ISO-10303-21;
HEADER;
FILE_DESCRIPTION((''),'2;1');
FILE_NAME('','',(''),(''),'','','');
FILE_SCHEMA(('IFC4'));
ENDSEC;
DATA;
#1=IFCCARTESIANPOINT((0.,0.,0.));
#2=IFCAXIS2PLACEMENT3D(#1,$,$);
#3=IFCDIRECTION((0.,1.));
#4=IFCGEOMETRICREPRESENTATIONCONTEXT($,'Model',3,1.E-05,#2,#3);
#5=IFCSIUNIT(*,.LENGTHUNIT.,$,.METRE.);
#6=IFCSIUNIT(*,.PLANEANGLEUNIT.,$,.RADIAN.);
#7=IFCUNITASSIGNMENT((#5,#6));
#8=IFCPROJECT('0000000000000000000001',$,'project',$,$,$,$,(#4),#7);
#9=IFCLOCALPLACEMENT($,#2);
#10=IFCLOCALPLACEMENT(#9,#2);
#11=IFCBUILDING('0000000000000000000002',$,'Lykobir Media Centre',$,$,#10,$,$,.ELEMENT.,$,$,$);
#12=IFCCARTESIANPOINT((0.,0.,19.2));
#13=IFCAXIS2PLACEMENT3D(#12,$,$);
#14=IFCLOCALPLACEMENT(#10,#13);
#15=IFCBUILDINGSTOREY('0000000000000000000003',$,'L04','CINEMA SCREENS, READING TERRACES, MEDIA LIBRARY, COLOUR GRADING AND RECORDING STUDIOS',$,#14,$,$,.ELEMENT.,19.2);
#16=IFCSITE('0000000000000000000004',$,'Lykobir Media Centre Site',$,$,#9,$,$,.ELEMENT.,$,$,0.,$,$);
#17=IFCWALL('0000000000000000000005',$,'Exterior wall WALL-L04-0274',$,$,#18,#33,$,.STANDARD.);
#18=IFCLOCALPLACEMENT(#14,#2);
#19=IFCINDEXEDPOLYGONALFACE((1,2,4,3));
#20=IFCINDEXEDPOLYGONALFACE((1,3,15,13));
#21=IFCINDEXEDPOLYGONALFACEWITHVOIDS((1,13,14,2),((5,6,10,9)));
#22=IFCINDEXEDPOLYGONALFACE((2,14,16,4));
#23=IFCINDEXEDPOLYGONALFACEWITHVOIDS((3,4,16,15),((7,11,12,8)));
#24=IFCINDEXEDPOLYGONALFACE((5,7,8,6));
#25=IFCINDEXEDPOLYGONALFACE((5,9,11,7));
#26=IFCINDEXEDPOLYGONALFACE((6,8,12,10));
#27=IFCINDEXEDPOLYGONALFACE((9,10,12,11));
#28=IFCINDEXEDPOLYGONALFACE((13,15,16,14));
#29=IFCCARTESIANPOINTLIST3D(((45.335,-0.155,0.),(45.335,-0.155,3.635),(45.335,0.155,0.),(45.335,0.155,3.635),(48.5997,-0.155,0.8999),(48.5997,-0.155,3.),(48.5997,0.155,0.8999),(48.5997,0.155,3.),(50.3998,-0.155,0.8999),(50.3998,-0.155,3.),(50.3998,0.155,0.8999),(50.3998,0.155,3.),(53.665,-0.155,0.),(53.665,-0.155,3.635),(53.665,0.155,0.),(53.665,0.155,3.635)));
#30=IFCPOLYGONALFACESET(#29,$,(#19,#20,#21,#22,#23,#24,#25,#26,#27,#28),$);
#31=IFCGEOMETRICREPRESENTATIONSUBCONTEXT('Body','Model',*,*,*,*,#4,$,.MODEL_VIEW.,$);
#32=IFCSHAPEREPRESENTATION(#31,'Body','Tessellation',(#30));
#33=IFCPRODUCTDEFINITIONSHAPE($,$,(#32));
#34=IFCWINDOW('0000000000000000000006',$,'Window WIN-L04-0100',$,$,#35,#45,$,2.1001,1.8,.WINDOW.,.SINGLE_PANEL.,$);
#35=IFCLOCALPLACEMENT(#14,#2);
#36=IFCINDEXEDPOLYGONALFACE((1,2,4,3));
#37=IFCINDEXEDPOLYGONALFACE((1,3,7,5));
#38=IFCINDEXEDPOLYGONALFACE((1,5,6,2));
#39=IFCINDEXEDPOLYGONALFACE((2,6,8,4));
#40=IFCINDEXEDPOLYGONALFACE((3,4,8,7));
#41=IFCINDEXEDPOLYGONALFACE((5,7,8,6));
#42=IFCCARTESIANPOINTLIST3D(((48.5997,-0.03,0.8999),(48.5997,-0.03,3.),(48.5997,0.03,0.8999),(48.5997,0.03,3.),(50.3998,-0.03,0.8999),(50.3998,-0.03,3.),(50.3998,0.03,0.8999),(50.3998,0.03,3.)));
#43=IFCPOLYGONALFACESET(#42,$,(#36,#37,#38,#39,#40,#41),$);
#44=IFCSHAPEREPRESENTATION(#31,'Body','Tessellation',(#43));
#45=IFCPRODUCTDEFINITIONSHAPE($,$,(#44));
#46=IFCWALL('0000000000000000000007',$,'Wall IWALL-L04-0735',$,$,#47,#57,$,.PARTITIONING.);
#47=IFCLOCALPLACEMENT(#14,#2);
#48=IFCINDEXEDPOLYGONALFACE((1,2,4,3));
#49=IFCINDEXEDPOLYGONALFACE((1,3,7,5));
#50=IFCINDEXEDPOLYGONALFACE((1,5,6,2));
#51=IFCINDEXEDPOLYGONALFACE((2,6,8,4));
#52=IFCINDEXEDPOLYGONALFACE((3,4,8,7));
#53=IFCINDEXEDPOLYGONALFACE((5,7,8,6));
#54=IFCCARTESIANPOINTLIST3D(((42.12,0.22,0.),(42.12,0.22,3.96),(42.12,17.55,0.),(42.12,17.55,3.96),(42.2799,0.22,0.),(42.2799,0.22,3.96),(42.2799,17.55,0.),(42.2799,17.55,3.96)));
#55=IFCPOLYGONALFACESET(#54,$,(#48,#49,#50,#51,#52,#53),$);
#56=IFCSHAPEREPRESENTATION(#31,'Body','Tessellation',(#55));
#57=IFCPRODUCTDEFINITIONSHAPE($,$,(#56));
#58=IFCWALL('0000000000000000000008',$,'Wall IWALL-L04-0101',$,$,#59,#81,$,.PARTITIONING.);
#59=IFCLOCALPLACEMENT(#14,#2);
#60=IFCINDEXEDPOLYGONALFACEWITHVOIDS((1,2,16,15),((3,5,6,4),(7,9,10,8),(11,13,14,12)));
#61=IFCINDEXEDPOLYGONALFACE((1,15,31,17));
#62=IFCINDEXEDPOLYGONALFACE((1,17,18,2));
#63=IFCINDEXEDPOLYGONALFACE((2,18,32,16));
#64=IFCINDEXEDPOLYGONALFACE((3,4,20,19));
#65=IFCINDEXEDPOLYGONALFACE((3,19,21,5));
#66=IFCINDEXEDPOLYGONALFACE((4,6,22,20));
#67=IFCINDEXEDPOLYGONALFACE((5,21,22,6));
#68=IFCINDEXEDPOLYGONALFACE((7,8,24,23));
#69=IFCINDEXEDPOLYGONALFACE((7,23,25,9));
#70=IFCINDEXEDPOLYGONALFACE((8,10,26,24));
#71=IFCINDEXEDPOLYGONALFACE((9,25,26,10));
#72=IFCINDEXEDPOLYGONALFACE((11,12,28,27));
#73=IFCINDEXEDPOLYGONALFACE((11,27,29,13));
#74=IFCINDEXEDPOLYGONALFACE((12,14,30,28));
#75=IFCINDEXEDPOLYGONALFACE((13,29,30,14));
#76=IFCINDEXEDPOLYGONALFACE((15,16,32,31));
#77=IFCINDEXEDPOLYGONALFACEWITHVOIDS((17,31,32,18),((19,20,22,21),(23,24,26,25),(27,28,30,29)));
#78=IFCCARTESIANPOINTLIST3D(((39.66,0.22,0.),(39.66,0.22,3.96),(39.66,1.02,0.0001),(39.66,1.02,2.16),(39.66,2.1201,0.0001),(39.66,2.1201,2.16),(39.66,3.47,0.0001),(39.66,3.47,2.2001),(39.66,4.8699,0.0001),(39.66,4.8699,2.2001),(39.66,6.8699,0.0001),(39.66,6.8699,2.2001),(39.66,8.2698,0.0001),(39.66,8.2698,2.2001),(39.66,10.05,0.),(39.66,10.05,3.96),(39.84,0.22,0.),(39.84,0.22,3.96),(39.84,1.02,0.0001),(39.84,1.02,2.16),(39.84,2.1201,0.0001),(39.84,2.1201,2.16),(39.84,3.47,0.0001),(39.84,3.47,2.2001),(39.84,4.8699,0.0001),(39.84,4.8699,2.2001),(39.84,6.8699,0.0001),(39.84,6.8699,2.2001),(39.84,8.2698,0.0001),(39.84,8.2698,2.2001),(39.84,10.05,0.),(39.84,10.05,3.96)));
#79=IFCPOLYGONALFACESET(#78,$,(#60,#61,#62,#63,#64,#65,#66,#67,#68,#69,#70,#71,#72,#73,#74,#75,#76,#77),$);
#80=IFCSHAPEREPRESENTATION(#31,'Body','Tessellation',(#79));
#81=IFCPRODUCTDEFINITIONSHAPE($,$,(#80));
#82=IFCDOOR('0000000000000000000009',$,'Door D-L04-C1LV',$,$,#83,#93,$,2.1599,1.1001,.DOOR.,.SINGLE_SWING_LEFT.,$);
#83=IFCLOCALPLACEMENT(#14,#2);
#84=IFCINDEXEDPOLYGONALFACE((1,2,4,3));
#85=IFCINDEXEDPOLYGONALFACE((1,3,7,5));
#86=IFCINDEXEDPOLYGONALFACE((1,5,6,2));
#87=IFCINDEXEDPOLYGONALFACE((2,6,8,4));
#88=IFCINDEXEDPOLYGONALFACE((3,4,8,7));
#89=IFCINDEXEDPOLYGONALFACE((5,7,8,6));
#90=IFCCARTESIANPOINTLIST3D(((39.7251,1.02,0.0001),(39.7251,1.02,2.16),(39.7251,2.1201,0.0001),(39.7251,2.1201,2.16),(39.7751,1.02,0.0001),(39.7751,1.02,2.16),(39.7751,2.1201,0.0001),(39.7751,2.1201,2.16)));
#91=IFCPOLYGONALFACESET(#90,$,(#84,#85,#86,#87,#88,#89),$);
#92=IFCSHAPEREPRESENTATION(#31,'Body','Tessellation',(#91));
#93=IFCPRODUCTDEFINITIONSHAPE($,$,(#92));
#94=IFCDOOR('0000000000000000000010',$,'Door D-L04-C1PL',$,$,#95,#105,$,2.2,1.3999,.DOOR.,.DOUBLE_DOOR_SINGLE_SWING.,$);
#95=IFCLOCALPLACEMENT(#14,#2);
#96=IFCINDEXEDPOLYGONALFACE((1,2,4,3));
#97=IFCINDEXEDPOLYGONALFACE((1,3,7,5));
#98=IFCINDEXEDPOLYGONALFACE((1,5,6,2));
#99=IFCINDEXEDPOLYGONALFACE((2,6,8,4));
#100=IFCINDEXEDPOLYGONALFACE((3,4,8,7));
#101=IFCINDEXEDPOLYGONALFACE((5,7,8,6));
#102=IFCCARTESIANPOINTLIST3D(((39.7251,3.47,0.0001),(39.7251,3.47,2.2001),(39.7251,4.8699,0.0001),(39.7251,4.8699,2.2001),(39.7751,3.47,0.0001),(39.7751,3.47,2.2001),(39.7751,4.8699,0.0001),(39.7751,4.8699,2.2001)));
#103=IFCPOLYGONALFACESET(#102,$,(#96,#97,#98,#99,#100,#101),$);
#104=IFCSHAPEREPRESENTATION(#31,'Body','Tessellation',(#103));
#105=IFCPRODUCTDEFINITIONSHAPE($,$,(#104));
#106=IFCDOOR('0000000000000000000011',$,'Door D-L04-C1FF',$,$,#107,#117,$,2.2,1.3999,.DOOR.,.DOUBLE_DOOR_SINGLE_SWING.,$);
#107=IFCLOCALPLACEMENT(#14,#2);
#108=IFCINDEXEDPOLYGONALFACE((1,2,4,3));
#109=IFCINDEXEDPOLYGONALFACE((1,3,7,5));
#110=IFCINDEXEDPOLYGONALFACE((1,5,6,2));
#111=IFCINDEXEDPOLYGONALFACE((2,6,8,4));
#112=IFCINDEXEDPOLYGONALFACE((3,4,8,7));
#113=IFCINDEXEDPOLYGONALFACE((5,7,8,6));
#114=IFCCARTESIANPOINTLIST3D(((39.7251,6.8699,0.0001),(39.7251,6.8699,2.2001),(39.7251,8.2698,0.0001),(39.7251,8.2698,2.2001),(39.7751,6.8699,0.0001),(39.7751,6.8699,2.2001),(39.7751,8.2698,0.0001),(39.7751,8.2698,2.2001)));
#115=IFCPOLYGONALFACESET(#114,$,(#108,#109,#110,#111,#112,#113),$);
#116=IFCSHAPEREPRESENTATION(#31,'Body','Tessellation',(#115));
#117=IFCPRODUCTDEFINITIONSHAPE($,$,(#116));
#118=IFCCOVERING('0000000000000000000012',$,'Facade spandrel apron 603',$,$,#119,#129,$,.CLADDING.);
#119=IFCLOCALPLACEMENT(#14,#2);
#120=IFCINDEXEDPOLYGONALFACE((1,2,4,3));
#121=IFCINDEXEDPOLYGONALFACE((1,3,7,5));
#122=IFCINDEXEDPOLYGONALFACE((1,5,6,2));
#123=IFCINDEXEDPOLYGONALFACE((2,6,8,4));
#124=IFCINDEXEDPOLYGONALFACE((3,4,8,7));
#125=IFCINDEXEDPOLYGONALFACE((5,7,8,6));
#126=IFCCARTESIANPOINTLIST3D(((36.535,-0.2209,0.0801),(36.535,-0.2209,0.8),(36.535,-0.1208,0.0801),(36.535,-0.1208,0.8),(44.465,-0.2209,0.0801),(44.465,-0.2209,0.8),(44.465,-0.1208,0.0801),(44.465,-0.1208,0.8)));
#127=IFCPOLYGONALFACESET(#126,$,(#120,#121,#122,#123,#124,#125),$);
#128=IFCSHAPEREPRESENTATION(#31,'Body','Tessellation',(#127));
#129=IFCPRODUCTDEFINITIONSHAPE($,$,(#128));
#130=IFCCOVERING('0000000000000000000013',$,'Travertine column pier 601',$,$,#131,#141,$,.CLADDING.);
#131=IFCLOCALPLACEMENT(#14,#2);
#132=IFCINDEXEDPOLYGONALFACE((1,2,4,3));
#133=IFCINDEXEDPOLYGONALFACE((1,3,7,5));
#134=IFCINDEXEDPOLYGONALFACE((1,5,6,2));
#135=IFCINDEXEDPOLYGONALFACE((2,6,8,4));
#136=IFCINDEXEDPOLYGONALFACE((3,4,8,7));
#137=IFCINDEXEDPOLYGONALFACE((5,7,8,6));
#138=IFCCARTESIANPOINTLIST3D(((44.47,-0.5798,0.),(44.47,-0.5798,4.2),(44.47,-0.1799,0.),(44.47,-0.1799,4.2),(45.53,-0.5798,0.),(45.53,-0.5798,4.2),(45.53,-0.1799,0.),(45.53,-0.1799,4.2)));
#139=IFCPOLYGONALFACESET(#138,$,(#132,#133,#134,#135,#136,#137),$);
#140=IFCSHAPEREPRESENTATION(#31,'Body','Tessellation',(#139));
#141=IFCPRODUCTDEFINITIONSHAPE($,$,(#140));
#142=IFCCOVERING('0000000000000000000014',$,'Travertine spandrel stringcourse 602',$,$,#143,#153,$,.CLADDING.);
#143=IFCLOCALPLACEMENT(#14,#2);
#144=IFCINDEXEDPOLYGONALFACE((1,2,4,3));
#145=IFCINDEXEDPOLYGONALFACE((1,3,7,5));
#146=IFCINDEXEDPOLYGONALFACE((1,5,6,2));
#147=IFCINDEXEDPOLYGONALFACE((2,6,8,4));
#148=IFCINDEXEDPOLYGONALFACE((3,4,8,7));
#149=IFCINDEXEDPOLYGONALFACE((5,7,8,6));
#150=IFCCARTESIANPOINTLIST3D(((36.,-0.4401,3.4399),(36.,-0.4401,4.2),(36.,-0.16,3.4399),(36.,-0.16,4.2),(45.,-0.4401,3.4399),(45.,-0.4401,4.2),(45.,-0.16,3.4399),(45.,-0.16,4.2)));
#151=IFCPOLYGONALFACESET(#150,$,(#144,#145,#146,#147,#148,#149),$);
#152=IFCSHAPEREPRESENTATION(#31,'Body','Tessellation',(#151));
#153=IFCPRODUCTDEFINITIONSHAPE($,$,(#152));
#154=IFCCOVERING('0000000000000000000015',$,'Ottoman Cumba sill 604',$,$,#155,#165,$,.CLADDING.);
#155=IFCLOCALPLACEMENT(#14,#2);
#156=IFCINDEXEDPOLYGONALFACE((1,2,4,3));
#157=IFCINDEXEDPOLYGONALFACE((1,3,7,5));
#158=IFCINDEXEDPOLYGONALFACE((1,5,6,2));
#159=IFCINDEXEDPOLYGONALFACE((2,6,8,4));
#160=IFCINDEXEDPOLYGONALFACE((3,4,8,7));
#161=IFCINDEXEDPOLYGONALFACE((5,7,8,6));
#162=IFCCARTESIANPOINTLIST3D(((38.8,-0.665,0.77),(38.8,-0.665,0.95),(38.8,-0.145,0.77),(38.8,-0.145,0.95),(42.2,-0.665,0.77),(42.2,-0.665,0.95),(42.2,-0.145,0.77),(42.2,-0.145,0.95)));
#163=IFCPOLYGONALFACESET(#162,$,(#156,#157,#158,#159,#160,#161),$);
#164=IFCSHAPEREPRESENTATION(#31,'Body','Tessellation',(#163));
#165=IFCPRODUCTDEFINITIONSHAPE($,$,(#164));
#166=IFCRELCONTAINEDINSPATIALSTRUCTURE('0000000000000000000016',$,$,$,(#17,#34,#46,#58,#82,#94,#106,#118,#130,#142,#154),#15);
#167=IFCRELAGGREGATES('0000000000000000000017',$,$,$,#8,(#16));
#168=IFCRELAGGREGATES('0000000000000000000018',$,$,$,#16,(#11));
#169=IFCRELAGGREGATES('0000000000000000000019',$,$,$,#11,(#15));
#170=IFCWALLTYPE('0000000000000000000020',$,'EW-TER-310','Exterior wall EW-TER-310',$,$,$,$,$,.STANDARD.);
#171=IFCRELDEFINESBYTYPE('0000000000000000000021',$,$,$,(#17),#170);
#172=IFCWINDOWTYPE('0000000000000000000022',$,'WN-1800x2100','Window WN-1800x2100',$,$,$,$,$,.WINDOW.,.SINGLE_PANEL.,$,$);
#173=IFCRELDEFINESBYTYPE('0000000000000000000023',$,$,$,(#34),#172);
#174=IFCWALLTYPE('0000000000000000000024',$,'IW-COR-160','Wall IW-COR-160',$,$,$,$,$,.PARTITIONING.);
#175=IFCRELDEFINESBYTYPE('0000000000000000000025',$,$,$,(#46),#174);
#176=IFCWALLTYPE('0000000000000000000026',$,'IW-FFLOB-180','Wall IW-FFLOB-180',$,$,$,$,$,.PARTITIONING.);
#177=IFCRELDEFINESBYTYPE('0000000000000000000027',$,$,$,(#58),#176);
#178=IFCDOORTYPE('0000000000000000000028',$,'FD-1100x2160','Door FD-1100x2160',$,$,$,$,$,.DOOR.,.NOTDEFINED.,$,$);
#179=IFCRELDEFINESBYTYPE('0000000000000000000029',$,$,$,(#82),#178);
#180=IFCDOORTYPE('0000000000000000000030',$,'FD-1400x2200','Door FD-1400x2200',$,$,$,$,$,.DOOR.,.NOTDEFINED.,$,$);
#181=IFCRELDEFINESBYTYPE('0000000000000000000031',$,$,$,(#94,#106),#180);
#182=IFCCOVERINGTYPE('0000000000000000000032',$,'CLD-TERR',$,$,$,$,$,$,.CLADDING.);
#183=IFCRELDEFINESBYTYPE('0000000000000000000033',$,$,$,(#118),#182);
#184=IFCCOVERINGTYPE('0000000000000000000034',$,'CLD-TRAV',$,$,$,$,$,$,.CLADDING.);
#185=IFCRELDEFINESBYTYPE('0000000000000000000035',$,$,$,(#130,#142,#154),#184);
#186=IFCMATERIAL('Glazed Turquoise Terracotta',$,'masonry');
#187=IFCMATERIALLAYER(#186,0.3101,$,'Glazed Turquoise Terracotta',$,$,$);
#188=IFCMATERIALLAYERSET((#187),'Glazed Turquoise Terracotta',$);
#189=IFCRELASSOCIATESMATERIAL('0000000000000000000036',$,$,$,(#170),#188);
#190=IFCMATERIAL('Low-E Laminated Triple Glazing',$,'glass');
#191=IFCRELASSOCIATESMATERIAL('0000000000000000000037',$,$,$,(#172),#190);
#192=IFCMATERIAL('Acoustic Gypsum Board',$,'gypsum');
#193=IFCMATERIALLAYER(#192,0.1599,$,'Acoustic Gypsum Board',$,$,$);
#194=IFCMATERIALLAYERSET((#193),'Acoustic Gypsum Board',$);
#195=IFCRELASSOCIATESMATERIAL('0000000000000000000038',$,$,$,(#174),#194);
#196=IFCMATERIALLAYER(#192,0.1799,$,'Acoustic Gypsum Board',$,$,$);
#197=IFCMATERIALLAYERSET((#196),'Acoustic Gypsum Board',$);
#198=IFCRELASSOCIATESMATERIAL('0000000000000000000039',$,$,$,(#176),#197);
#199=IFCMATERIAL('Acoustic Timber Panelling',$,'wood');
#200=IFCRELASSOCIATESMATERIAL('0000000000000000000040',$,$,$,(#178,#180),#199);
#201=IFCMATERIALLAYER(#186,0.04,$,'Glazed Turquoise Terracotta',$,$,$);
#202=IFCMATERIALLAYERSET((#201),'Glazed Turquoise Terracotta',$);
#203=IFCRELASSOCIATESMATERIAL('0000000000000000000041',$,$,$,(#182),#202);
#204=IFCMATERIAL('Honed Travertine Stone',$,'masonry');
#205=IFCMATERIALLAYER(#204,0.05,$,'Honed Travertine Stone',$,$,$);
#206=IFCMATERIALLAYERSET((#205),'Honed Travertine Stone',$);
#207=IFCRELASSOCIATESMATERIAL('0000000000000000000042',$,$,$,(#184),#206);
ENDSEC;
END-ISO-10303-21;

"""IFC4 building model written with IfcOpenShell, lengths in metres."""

from ifc_helpers import new_model, si_unit, direction, frame, frame_2d, origin, origin_2d, place, context, subcontext, project, spatial, rectangle, extrude, material, layer, layer_set, type_object, element, fill, save


model = new_model("IFC4")

# Units and contexts
model_context = context("Model", 3, precision=1e-05, world=origin(), true_north=direction((0.0, 1.0)))
body_context = subcontext(model_context, "Body", "Model", "MODEL_VIEW")
ifc_project = project(units=[si_unit("LENGTHUNIT", "METRE"), si_unit("PLANEANGLEUNIT", "RADIAN")], contexts=[model_context])

# Site, building, storey
site_placement = place(None, origin())
site = spatial("IfcSite", under=ifc_project, at=site_placement, Name="Lykobir Media Centre Site", CompositionType="ELEMENT", RefElevation=0.0)
building_placement = place(site_placement, origin())
building = spatial("IfcBuilding", under=site, at=building_placement, Name="Lykobir Media Centre", CompositionType="ELEMENT")
storey_placement = place(building_placement, frame((0.0, 0.0, 19.2)))
storey = spatial("IfcBuildingStorey", under=building, at=storey_placement, Name="L04", Description="CINEMA SCREENS, READING TERRACES, MEDIA LIBRARY, COLOUR GRADING AND RECORDING STUDIOS", CompositionType="ELEMENT", Elevation=19.2)

# Wall, opening, window
ifc_material_1 = material(Name="Glazed Turquoise Terracotta", Category="masonry")
ifc_layer_1 = layer(ifc_material_1, 0.3101, Name="Glazed Turquoise Terracotta")
ifc_layer_set_1 = layer_set([ifc_layer_1], Name="Glazed Turquoise Terracotta")
wall_type_1 = type_object("IfcWallType", Name="EW-TER-310", Description="Exterior wall EW-TER-310", PredefinedType="STANDARD", material=ifc_layer_set_1)
ifc_material_2 = material(Name="Low-E Laminated Triple Glazing", Category="glass")
window_type = type_object("IfcWindowType", Name="WN-1800x2100", Description="Window WN-1800x2100", PartitioningType="SINGLE_PANEL", PredefinedType="WINDOW", material=ifc_material_2)
wall_1_placement = place(storey_placement, frame((45.335, 0.0, 0.0), z_axis=(0.0, 0.0, 1.0), x_axis=(1.0, 0.0, 0.0)))
wall_1 = element("IfcWall", 1, at=wall_1_placement, inside=storey, type_object=wall_type_1, Name="Exterior wall WALL-L04-0274", PredefinedType="STANDARD", context=body_context, shape_type="SweptSolid", body=[
    extrude(rectangle(XDim=8.3301, YDim=0.3101, at=frame_2d((4.165, 0.0))), origin(), (0.0, 0.0, 1.0), 3.635),
])
opening_1_placement = place(wall_1_placement, frame((3.2649, 0.0, 0.8999)))
opening_1 = element("IfcOpeningElement", 2, at=opening_1_placement, cuts=wall_1, PredefinedType="OPENING", context=body_context, shape_type="SweptSolid", body=[
    extrude(rectangle(XDim=1.8, YDim=2.1001, at=frame_2d((0.8999, 1.05))), frame((0.0, 0.165, 0.0), z_axis=(0.0, -1.0, 0.0), x_axis=(1.0, 0.0, 0.0)), (0.0, 0.0, 1.0), 0.3301),
])
window_1_placement = place(opening_1_placement, origin())
window_1 = element("IfcWindow", 3, at=window_1_placement, inside=storey, type_object=window_type, Name="Window WIN-L04-0100", OverallHeight=2.1001, OverallWidth=1.8, PartitioningType="SINGLE_PANEL", PredefinedType="WINDOW", context=body_context, shape_type="SweptSolid", body=[
    extrude(rectangle(XDim=1.8, YDim=2.1001, at=frame_2d((0.8999, 1.05))), frame((0.0, 0.03, 0.0), z_axis=(0.0, -1.0, 0.0), x_axis=(1.0, 0.0, 0.0)), (0.0, 0.0, 1.0), 0.0601),
])
fill(opening_1, window_1)

# Wall
ifc_material_3 = material(Name="Acoustic Gypsum Board", Category="gypsum")
ifc_layer_2 = layer(ifc_material_3, 0.1599, Name="Acoustic Gypsum Board")
ifc_layer_set_2 = layer_set([ifc_layer_2], Name="Acoustic Gypsum Board")
wall_type_2 = type_object("IfcWallType", Name="IW-COR-160", Description="Wall IW-COR-160", PredefinedType="PARTITIONING", material=ifc_layer_set_2)
wall_2_placement = place(storey_placement, frame((42.2, 0.22, 0.0), z_axis=(0.0, 0.0, 1.0), x_axis=(0.0, 1.0, 0.0)))
element("IfcWall", 4, at=wall_2_placement, inside=storey, type_object=wall_type_2, Name="Wall IWALL-L04-0735", PredefinedType="PARTITIONING", context=body_context, shape_type="SweptSolid", body=[
    extrude(rectangle(XDim=17.3301, YDim=0.1599, at=frame_2d((8.665, 0.0))), origin(), (0.0, 0.0, 1.0), 3.96),
])

# Wall, openings, doors
ifc_layer_3 = layer(ifc_material_3, 0.1799, Name="Acoustic Gypsum Board")
ifc_layer_set_3 = layer_set([ifc_layer_3], Name="Acoustic Gypsum Board")
wall_type_3 = type_object("IfcWallType", Name="IW-FFLOB-180", Description="Wall IW-FFLOB-180", PredefinedType="PARTITIONING", material=ifc_layer_set_3)
wall_3_placement = place(storey_placement, frame((39.75, 0.22, 0.0), z_axis=(0.0, 0.0, 1.0), x_axis=(0.0, 1.0, 0.0)))
wall_3 = element("IfcWall", 5, at=wall_3_placement, inside=storey, type_object=wall_type_3, Name="Wall IWALL-L04-0101", PredefinedType="PARTITIONING", context=body_context, shape_type="SweptSolid", body=[
    extrude(rectangle(XDim=9.8301, YDim=0.1799, at=frame_2d((4.915, 0.0))), origin(), (0.0, 0.0, 1.0), 3.96),
])
opening_2_placement = place(wall_3_placement, frame((0.8, 0.0, 0.0)))
opening_2 = element("IfcOpeningElement", 6, at=opening_2_placement, cuts=wall_3, PredefinedType="OPENING", context=body_context, shape_type="SweptSolid", body=[
    extrude(rectangle(XDim=1.1001, YDim=2.1599, at=frame_2d((0.55, 1.0801))), frame((0.0, 0.0999, 0.0), z_axis=(0.0, -1.0, 0.0), x_axis=(1.0, 0.0, 0.0)), (0.0, 0.0, 1.0), 0.2),
])
opening_3_placement = place(wall_3_placement, frame((3.25, 0.0, 0.0)))
opening_3 = element("IfcOpeningElement", 7, at=opening_3_placement, cuts=wall_3, PredefinedType="OPENING", context=body_context, shape_type="SweptSolid", body=[
    extrude(rectangle(XDim=1.3999, YDim=2.2, at=frame_2d((0.7, 1.1001))), frame((0.0, 0.0999, 0.0), z_axis=(0.0, -1.0, 0.0), x_axis=(1.0, 0.0, 0.0)), (0.0, 0.0, 1.0), 0.2),
])
opening_4_placement = place(wall_3_placement, frame((6.6499, 0.0, 0.0)))
opening_4 = element("IfcOpeningElement", 8, at=opening_4_placement, cuts=wall_3, PredefinedType="OPENING", context=body_context, shape_type="SweptSolid", body=[
    extrude(rectangle(XDim=1.3999, YDim=2.2, at=frame_2d((0.7, 1.1001))), frame((0.0, 0.0999, 0.0), z_axis=(0.0, -1.0, 0.0), x_axis=(1.0, 0.0, 0.0)), (0.0, 0.0, 1.0), 0.2),
])
ifc_material_4 = material(Name="Acoustic Timber Panelling", Category="wood")
door_type_1 = type_object("IfcDoorType", Name="FD-1100x2160", Description="Door FD-1100x2160", OperationType="NOTDEFINED", PredefinedType="DOOR", material=ifc_material_4)
door_1_placement = place(opening_2_placement, origin())
door_1 = element("IfcDoor", 9, at=door_1_placement, inside=storey, type_object=door_type_1, Name="Door D-L04-C1LV", OperationType="SINGLE_SWING_LEFT", OverallHeight=2.1599, OverallWidth=1.1001, PredefinedType="DOOR", context=body_context, shape_type="SweptSolid", body=[
    extrude(rectangle(XDim=1.1001, YDim=2.1599, at=frame_2d((0.55, 1.0801))), frame((0.0, 0.0249, 0.0), z_axis=(0.0, -1.0, 0.0), x_axis=(1.0, 0.0, 0.0)), (0.0, 0.0, 1.0), 0.05),
])
fill(opening_2, door_1)
door_type_2 = type_object("IfcDoorType", Name="FD-1400x2200", Description="Door FD-1400x2200", OperationType="NOTDEFINED", PredefinedType="DOOR", material=ifc_material_4)
door_2_placement = place(opening_3_placement, origin())
door_2 = element("IfcDoor", 10, at=door_2_placement, inside=storey, type_object=door_type_2, Name="Door D-L04-C1PL", OperationType="DOUBLE_DOOR_SINGLE_SWING", OverallHeight=2.2, OverallWidth=1.3999, PredefinedType="DOOR", context=body_context, shape_type="SweptSolid", body=[
    extrude(rectangle(XDim=1.3999, YDim=2.2, at=frame_2d((0.7, 1.1001))), frame((0.0, 0.0249, 0.0), z_axis=(0.0, -1.0, 0.0), x_axis=(1.0, 0.0, 0.0)), (0.0, 0.0, 1.0), 0.05),
])
fill(opening_3, door_2)
door_3_placement = place(opening_4_placement, origin())
door_3 = element("IfcDoor", 11, at=door_3_placement, inside=storey, type_object=door_type_2, Name="Door D-L04-C1FF", OperationType="DOUBLE_DOOR_SINGLE_SWING", OverallHeight=2.2, OverallWidth=1.3999, PredefinedType="DOOR", context=body_context, shape_type="SweptSolid", body=[
    extrude(rectangle(XDim=1.3999, YDim=2.2, at=frame_2d((0.7, 1.1001))), frame((0.0, 0.0249, 0.0), z_axis=(0.0, -1.0, 0.0), x_axis=(1.0, 0.0, 0.0)), (0.0, 0.0, 1.0), 0.05),
])
fill(opening_4, door_3)

# Coverings
ifc_layer_4 = layer(ifc_material_1, 0.04, Name="Glazed Turquoise Terracotta")
ifc_layer_set_4 = layer_set([ifc_layer_4], Name="Glazed Turquoise Terracotta")
covering_type_1 = type_object("IfcCoveringType", Name="CLD-TERR", PredefinedType="CLADDING", material=ifc_layer_set_4)
covering_1_placement = place(storey_placement, frame((40.5, -0.1709, 0.0801), z_axis=(0.0, 0.0, 1.0), x_axis=(1.0, 0.0, 0.0)))
element("IfcCovering", 12, at=covering_1_placement, inside=storey, type_object=covering_type_1, Name="Facade spandrel apron 603", PredefinedType="CLADDING", context=body_context, shape_type="SweptSolid", body=[
    extrude(rectangle(XDim=7.9299, YDim=0.1001, at=origin_2d()), origin(), (0.0, 0.0, 1.0), 0.72),
])
ifc_material_5 = material(Name="Honed Travertine Stone", Category="masonry")
ifc_layer_5 = layer(ifc_material_5, 0.05, Name="Honed Travertine Stone")
ifc_layer_set_5 = layer_set([ifc_layer_5], Name="Honed Travertine Stone")
covering_type_2 = type_object("IfcCoveringType", Name="CLD-TRAV", PredefinedType="CLADDING", material=ifc_layer_set_5)
covering_2_placement = place(storey_placement, frame((45.0, -0.3799, 0.0), z_axis=(0.0, 0.0, 1.0), x_axis=(1.0, 0.0, 0.0)))
element("IfcCovering", 13, at=covering_2_placement, inside=storey, type_object=covering_type_2, Name="Travertine column pier 601", PredefinedType="CLADDING", context=body_context, shape_type="SweptSolid", body=[
    extrude(rectangle(XDim=1.0601, YDim=0.3999, at=origin_2d()), origin(), (0.0, 0.0, 1.0), 4.2),
])
covering_3_placement = place(storey_placement, frame((40.5, -0.3, 3.4399), z_axis=(0.0, 0.0, 1.0), x_axis=(1.0, 0.0, 0.0)))
element("IfcCovering", 14, at=covering_3_placement, inside=storey, type_object=covering_type_2, Name="Travertine spandrel stringcourse 602", PredefinedType="CLADDING", context=body_context, shape_type="SweptSolid", body=[
    extrude(rectangle(XDim=9.0, YDim=0.28, at=origin_2d()), origin(), (0.0, 0.0, 1.0), 0.76),
])
covering_4_placement = place(storey_placement, frame((40.5, -0.405, 0.77), z_axis=(0.0, 0.0, 1.0), x_axis=(1.0, 0.0, 0.0)))
element("IfcCovering", 15, at=covering_4_placement, inside=storey, type_object=covering_type_2, Name="Ottoman Cumba sill 604", PredefinedType="CLADDING", context=body_context, shape_type="SweptSolid", body=[
    extrude(rectangle(XDim=3.3999, YDim=0.52, at=origin_2d()), origin(), (0.0, 0.0, 1.0), 0.1799),
])

save(model, "model.ifc")
